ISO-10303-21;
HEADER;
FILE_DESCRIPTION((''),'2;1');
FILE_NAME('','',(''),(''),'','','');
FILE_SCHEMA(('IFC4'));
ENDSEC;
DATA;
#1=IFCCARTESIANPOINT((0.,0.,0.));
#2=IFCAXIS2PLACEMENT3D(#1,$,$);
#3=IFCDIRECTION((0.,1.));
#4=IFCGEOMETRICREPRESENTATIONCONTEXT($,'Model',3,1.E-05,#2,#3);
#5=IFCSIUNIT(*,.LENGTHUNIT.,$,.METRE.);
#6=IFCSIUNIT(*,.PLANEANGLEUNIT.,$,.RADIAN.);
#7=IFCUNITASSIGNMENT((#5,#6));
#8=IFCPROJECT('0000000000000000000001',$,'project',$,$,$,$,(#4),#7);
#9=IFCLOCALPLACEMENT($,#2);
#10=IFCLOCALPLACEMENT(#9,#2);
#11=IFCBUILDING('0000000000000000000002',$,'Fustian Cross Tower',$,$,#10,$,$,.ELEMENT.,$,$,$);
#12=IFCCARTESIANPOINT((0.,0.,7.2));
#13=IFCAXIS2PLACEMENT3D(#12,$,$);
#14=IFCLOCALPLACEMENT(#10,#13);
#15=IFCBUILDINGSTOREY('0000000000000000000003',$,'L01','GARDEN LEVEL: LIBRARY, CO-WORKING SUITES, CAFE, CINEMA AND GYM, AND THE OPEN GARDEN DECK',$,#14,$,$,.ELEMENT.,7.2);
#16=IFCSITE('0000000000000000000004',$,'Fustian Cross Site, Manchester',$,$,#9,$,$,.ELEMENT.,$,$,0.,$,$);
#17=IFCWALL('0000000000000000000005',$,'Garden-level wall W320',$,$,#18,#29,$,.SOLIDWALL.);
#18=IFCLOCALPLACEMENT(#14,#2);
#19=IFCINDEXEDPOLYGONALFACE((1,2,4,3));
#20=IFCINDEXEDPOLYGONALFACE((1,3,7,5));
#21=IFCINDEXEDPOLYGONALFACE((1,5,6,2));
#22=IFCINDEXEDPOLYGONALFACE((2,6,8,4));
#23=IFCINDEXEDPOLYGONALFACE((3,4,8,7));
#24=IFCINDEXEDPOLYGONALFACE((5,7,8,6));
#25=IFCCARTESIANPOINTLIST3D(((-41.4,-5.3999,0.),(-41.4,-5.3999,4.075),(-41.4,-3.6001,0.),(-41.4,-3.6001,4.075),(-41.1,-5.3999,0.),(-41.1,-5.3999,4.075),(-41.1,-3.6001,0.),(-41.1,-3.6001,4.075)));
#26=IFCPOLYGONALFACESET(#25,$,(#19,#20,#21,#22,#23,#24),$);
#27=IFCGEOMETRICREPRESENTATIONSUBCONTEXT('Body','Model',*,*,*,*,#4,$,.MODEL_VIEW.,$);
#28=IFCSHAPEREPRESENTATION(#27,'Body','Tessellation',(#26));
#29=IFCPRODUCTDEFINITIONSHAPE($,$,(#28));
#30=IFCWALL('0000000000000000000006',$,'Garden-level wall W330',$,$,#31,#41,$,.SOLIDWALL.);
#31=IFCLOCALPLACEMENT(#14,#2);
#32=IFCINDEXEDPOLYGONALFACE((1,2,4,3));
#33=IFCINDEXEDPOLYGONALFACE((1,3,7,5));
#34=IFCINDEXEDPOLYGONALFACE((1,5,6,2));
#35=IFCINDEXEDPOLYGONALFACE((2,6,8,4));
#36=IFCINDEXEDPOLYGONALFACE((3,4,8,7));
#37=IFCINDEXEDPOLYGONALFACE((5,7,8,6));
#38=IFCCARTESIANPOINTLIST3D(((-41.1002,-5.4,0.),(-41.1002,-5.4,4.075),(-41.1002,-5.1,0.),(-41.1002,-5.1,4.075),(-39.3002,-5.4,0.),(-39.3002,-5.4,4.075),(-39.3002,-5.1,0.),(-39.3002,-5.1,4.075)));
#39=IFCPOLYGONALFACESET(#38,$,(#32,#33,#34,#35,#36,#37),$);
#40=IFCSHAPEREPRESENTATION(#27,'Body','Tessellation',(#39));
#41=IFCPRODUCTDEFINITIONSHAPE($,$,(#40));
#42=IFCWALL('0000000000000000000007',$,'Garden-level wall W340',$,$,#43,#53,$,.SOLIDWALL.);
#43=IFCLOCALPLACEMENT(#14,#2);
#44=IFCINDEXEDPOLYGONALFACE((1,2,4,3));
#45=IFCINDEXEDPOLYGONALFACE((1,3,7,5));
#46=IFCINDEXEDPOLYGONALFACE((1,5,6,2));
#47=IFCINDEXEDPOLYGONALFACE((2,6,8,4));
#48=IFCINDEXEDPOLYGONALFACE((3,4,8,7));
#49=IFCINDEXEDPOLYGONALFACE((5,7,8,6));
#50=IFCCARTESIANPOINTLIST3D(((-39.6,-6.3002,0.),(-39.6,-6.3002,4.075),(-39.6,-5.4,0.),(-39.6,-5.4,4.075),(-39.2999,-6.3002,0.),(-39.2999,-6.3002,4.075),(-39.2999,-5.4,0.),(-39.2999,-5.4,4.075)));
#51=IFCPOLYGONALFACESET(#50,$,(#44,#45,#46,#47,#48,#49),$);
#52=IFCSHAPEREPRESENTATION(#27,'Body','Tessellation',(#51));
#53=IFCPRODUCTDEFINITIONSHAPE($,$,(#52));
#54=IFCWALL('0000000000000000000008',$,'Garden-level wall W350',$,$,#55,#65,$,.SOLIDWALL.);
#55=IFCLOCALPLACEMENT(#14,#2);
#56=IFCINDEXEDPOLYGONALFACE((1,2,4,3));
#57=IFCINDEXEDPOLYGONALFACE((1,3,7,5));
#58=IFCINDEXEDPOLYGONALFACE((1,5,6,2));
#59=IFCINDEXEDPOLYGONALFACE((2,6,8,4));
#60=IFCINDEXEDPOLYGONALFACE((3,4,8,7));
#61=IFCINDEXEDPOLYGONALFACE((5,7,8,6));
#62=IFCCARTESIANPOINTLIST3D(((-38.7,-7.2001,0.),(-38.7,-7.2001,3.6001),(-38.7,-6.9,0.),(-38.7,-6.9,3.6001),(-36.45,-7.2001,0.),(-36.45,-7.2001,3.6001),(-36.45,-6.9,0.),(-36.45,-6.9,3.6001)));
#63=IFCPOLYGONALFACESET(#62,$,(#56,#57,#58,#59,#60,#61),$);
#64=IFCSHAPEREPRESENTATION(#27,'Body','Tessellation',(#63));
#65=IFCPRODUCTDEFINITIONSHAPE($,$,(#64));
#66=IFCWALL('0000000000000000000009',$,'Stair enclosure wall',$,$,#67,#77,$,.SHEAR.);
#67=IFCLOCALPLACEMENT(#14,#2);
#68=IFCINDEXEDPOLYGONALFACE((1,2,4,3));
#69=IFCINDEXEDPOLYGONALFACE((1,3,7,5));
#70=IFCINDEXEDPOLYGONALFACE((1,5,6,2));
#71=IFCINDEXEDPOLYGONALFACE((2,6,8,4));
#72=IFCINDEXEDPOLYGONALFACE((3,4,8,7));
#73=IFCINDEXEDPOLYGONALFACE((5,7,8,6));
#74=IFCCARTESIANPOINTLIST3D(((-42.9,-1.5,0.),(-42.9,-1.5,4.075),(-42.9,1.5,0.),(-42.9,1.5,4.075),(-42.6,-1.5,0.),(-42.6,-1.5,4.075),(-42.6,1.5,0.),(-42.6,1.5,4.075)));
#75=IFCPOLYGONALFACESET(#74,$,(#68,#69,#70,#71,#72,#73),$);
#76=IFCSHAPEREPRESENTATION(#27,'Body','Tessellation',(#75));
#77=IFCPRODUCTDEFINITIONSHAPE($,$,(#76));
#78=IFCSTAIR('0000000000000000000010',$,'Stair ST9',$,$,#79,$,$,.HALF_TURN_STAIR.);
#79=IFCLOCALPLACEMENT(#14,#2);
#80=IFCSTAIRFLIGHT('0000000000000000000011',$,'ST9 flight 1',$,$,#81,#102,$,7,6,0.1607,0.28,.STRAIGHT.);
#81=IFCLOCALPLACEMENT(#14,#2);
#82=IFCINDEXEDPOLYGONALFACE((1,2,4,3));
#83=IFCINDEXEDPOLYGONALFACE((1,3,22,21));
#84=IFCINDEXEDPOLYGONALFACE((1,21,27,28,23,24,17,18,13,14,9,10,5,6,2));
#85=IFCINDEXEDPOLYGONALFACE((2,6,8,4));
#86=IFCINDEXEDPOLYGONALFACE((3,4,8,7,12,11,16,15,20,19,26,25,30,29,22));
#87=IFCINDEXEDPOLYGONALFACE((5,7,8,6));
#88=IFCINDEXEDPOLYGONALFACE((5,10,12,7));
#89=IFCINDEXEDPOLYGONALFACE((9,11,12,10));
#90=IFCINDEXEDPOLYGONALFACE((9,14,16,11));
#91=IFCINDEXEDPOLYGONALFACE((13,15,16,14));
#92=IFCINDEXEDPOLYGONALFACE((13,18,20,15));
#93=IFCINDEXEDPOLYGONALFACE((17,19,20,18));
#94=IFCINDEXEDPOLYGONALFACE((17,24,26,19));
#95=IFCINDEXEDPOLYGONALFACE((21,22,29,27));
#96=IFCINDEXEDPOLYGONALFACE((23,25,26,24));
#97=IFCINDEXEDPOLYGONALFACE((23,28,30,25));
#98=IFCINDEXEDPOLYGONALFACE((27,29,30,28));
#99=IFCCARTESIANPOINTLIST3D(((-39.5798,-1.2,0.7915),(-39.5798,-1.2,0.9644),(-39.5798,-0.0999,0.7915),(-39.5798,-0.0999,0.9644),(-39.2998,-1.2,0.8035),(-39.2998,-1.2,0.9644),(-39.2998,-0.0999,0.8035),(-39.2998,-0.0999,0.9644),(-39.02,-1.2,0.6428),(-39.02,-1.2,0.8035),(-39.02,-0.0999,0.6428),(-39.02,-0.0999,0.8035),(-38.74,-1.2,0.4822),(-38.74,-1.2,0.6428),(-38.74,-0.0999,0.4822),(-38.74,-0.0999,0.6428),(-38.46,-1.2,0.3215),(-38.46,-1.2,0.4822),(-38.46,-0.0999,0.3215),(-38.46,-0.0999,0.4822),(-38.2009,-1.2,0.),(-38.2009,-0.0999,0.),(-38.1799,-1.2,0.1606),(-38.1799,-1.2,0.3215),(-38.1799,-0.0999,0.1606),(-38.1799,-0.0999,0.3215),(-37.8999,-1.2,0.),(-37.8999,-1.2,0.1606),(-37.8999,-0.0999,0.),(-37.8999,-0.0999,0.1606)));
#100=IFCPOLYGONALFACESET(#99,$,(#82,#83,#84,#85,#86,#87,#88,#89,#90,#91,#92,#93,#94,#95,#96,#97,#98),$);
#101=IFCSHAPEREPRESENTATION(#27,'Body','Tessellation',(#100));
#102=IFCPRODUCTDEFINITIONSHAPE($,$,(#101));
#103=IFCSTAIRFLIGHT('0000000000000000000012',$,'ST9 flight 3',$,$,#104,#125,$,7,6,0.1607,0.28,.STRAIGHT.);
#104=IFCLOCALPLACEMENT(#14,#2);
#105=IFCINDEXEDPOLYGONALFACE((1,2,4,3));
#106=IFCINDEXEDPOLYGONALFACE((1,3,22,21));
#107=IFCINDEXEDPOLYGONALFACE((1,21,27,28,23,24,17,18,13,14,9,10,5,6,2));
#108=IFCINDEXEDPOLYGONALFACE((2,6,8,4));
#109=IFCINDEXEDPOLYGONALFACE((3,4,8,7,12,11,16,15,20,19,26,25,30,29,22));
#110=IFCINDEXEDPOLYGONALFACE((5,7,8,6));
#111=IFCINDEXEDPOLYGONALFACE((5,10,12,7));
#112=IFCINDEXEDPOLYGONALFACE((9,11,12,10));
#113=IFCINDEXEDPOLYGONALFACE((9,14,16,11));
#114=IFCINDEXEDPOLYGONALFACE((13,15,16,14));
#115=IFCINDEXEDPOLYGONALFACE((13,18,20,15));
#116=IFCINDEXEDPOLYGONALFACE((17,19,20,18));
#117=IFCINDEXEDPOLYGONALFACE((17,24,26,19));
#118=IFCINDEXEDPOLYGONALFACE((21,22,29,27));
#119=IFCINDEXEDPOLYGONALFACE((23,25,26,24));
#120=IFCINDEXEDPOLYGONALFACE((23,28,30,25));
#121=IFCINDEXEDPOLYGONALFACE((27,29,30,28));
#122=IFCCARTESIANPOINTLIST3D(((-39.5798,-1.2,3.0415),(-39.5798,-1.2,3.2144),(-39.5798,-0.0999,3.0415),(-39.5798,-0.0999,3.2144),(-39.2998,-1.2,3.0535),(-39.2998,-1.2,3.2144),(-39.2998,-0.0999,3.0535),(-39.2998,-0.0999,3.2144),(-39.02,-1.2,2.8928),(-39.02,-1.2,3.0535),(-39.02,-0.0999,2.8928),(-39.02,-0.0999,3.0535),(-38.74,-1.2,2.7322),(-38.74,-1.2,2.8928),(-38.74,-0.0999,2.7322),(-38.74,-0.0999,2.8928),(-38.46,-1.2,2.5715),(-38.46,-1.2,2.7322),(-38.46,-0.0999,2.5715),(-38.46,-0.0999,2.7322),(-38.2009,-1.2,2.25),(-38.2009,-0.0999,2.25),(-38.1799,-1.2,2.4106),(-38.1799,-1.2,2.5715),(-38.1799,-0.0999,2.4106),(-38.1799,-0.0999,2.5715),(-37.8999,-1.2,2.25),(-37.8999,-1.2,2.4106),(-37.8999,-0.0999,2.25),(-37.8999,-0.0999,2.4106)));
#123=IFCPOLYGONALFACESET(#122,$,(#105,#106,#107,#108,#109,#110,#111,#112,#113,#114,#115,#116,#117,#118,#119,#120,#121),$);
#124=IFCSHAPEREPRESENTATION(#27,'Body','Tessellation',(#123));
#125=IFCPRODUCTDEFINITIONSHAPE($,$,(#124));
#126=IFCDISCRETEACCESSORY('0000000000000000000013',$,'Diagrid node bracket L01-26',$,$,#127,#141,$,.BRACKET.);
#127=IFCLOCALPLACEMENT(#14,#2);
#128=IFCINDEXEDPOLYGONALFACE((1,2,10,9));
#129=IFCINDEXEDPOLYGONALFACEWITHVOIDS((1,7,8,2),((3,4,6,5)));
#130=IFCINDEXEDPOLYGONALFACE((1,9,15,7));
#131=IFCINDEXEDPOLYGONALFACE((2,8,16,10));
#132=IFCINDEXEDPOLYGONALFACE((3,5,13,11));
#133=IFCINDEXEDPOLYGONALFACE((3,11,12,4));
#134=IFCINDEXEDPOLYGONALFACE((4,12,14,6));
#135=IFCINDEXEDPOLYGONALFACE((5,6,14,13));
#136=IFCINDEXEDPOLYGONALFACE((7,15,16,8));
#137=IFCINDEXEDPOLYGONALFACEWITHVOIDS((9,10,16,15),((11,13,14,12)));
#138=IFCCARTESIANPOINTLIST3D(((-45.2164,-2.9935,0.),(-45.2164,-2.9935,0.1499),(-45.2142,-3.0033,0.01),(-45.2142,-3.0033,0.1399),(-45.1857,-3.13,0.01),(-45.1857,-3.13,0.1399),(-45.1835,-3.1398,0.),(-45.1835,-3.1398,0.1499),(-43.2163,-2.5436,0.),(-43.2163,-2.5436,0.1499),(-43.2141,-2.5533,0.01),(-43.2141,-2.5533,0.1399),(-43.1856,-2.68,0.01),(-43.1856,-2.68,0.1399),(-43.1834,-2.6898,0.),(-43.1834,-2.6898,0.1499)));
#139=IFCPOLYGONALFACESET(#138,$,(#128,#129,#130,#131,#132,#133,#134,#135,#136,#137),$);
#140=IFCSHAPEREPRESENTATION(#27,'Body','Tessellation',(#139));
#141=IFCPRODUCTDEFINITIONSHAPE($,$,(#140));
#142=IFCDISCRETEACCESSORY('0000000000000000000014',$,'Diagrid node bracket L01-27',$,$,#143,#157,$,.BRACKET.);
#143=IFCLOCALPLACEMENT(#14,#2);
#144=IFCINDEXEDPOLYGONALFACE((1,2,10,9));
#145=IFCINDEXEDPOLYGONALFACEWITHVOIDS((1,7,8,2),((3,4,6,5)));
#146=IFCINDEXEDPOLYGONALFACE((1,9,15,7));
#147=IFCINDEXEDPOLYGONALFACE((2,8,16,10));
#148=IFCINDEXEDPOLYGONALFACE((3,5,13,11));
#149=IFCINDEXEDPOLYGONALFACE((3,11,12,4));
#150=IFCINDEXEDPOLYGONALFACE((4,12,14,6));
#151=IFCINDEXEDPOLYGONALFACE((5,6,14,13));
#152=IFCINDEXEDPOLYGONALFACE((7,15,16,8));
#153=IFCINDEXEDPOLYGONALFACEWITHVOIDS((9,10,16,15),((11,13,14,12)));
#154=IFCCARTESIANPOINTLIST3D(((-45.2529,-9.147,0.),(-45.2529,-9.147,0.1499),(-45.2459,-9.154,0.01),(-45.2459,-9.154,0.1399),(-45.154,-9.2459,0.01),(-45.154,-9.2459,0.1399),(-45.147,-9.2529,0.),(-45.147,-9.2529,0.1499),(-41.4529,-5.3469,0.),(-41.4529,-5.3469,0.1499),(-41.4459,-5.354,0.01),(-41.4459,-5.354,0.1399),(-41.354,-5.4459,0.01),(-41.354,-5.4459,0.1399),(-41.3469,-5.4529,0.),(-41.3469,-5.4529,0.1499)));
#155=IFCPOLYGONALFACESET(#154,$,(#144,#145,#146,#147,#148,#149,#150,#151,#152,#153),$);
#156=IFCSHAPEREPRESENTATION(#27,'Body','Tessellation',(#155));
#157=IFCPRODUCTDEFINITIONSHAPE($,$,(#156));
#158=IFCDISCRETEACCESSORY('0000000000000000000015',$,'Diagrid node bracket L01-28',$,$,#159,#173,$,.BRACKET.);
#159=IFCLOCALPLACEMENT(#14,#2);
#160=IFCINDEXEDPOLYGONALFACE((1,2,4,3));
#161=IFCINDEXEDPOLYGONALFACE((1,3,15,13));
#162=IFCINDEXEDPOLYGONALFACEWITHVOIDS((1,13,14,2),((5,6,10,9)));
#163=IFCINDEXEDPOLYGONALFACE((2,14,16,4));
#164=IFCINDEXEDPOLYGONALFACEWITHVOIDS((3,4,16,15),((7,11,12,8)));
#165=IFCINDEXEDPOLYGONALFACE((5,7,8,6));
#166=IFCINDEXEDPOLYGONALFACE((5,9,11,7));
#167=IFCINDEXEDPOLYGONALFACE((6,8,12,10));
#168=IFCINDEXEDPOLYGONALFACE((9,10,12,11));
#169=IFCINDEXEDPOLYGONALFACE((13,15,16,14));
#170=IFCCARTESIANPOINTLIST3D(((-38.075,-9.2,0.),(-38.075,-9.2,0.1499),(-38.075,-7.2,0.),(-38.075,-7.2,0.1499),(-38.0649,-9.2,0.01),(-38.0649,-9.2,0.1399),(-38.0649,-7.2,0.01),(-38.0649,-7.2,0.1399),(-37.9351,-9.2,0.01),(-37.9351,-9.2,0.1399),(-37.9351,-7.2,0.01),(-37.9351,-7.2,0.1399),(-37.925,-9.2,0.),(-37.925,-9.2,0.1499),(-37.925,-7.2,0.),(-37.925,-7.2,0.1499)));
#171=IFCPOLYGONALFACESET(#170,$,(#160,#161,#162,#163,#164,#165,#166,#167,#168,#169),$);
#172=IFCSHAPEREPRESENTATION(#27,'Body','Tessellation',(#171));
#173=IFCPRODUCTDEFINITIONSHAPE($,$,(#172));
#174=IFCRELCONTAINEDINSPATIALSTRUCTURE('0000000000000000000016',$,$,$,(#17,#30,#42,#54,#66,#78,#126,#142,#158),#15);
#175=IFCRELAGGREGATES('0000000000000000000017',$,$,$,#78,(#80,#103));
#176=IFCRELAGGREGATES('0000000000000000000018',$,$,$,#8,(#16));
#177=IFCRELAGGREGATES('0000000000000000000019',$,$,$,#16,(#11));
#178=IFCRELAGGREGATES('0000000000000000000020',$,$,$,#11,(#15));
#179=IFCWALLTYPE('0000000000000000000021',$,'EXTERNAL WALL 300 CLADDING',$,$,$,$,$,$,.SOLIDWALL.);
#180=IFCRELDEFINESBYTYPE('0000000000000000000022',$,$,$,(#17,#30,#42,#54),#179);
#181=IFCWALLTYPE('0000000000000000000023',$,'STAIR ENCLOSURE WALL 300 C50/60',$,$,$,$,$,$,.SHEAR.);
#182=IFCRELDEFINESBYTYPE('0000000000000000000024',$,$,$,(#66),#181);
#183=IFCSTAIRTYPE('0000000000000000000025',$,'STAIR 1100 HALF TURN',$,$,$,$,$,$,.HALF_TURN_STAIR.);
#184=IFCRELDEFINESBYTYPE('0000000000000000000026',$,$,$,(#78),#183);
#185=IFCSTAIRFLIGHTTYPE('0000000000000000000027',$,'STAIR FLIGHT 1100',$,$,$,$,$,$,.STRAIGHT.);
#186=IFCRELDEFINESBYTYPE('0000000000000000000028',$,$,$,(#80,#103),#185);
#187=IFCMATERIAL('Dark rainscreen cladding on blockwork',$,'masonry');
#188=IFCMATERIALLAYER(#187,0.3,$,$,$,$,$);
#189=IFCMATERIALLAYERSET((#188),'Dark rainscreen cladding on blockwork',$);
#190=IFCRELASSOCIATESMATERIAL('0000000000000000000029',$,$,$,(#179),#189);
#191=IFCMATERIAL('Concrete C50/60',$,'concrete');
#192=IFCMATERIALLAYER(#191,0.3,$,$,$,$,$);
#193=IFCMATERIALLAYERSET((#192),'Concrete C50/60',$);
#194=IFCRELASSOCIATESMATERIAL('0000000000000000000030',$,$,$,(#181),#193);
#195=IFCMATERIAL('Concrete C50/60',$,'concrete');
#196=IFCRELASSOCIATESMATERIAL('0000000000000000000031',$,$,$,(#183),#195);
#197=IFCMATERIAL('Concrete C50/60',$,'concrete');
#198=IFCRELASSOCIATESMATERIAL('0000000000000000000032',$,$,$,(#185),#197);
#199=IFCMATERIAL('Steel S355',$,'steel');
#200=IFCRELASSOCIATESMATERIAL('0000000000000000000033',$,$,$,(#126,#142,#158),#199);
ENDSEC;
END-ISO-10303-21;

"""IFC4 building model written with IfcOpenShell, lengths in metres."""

from ifc_helpers import new_model, si_unit, direction, frame, frame_2d, origin, origin_2d, place, context, subcontext, project, spatial, polyline, rectangle, hollow_rectangle, outline, extrude, material, layer, layer_set, type_object, element, aggregate, save


model = new_model("IFC4")

# Units and contexts
model_context = context("Model", 3, precision=1e-05, world=origin(), true_north=direction((0.0, 1.0)))
body_context = subcontext(model_context, "Body", "Model", "MODEL_VIEW")
ifc_project = project(units=[si_unit("LENGTHUNIT", "METRE"), si_unit("PLANEANGLEUNIT", "RADIAN")], contexts=[model_context])

# Site, building, storey
site_placement = place(None, origin())
site = spatial("IfcSite", under=ifc_project, at=site_placement, Name="Fustian Cross Site, Manchester", CompositionType="ELEMENT", RefElevation=0.0)
building_placement = place(site_placement, origin())
building = spatial("IfcBuilding", under=site, at=building_placement, Name="Fustian Cross Tower", CompositionType="ELEMENT")
storey_placement = place(building_placement, frame((0.0, 0.0, 7.2)))
storey = spatial("IfcBuildingStorey", under=building, at=storey_placement, Name="L01", Description="GARDEN LEVEL: LIBRARY, CO-WORKING SUITES, CAFE, CINEMA AND GYM, AND THE OPEN GARDEN DECK", CompositionType="ELEMENT", Elevation=7.2)

# Walls
ifc_material_1 = material(Name="Dark rainscreen cladding on blockwork", Category="masonry")
ifc_layer_1 = layer(ifc_material_1, 0.3)
ifc_layer_set_1 = layer_set([ifc_layer_1], Name="Dark rainscreen cladding on blockwork")
wall_type_1 = type_object("IfcWallType", Name="EXTERNAL WALL 300 CLADDING", PredefinedType="SOLIDWALL", material=ifc_layer_set_1)
wall_1_placement = place(storey_placement, frame((-41.25, -3.6001, 0.0), z_axis=(0.0, 0.0, 1.0), x_axis=(0.0, -1.0, 0.0)))
element("IfcWall", 1, at=wall_1_placement, inside=storey, type_object=wall_type_1, Name="Garden-level wall W320", PredefinedType="SOLIDWALL", context=body_context, shape_type="SweptSolid", body=[
    extrude(rectangle(XDim=1.7998, YDim=0.3, at=frame_2d((0.8999, 0.0))), origin(), (0.0, 0.0, 1.0), 4.075),
])
wall_2_placement = place(storey_placement, frame((-41.1001, -5.25, 0.0), z_axis=(0.0, 0.0, 1.0), x_axis=(1.0, 0.0, 0.0)))
element("IfcWall", 2, at=wall_2_placement, inside=storey, type_object=wall_type_1, Name="Garden-level wall W330", PredefinedType="SOLIDWALL", context=body_context, shape_type="SweptSolid", body=[
    extrude(rectangle(XDim=1.8, YDim=0.3, at=frame_2d((0.8999, 0.0))), origin(), (0.0, 0.0, 1.0), 4.075),
])
wall_3_placement = place(storey_placement, frame((-39.45, -5.3999, 0.0), z_axis=(0.0, 0.0, 1.0), x_axis=(0.0, -1.0, 0.0)))
element("IfcWall", 3, at=wall_3_placement, inside=storey, type_object=wall_type_1, Name="Garden-level wall W340", PredefinedType="SOLIDWALL", context=body_context, shape_type="SweptSolid", body=[
    extrude(rectangle(XDim=0.9001, YDim=0.3, at=frame_2d((0.4502, 0.0))), origin(), (0.0, 0.0, 1.0), 4.075),
])
wall_4_placement = place(storey_placement, frame((-38.7, -7.05, 0.0), z_axis=(0.0, 0.0, 1.0), x_axis=(1.0, 0.0, 0.0)))
element("IfcWall", 4, at=wall_4_placement, inside=storey, type_object=wall_type_1, Name="Garden-level wall W350", PredefinedType="SOLIDWALL", context=body_context, shape_type="SweptSolid", body=[
    extrude(rectangle(XDim=2.25, YDim=0.3, at=frame_2d((1.125, 0.0))), origin(), (0.0, 0.0, 1.0), 3.6001),
])
ifc_material_2 = material(Name="Concrete C50/60", Category="concrete")
ifc_layer_2 = layer(ifc_material_2, 0.3)
ifc_layer_set_2 = layer_set([ifc_layer_2], Name="Concrete C50/60")
wall_type_2 = type_object("IfcWallType", Name="STAIR ENCLOSURE WALL 300 C50/60", PredefinedType="SHEAR", material=ifc_layer_set_2)
wall_5_placement = place(storey_placement, frame((-42.75, -1.5, 0.0), z_axis=(0.0, 0.0, 1.0), x_axis=(0.0, 1.0, 0.0)))
element("IfcWall", 5, at=wall_5_placement, inside=storey, type_object=wall_type_2, Name="Stair enclosure wall", PredefinedType="SHEAR", context=body_context, shape_type="SweptSolid", body=[
    extrude(rectangle(XDim=3.0, YDim=0.3, at=frame_2d((1.5, 0.0))), origin(), (0.0, 0.0, 1.0), 4.075),
])

# Stair, stair flights
ifc_material_3 = material(Name="Concrete C50/60", Category="concrete")
stair_type = type_object("IfcStairType", Name="STAIR 1100 HALF TURN", PredefinedType="HALF_TURN_STAIR", material=ifc_material_3)
stair_placement = place(storey_placement, origin())
stair = element("IfcStair", 6, at=stair_placement, inside=storey, type_object=stair_type, Name="Stair ST9", PredefinedType="HALF_TURN_STAIR")
ifc_material_4 = material(Name="Concrete C50/60", Category="concrete")
stair_flight_type = type_object("IfcStairFlightType", Name="STAIR FLIGHT 1100", PredefinedType="STRAIGHT", material=ifc_material_4)
stair_flight_1_placement = place(storey_placement, frame((-37.8999, -0.6499, 0.0), z_axis=(0.0, 0.0, 1.0), x_axis=(-1.0, 0.0, 0.0)))
stair_flight_1 = element("IfcStairFlight", 7, at=stair_flight_1_placement, type_object=stair_flight_type, Name="ST9 flight 1", NumberOfRisers=7, NumberOfTreads=6, PredefinedType="STRAIGHT", RiserHeight=0.1607, TreadLength=0.28, context=body_context, shape_type="SweptSolid", body=[
    extrude(outline(polyline([(0.0, 0.0), (0.0, 0.1606), (0.28, 0.1606), (0.28, 0.3215), (0.5601, 0.3215), (0.5601, 0.4822), (0.8401, 0.4822), (0.8401, 0.6428), (1.1201, 0.6428), (1.1201, 0.8035), (1.3999, 0.8035), (1.3999, 0.9644), (1.6799, 0.9644), (1.6799, 1.125), (1.6799, 0.7915), (0.301, 0.0), (0.0, 0.0)])), frame((0.0, 0.55, 0.0), z_axis=(0.0, -1.0, 0.0), x_axis=(1.0, 0.0, 0.0)), (0.0, 0.0, 1.0), 1.1001),
])
stair_flight_2_placement = place(storey_placement, frame((-37.8999, -0.6499, 2.25), z_axis=(0.0, 0.0, 1.0), x_axis=(-1.0, 0.0, 0.0)))
stair_flight_2 = element("IfcStairFlight", 8, at=stair_flight_2_placement, type_object=stair_flight_type, Name="ST9 flight 3", NumberOfRisers=7, NumberOfTreads=6, PredefinedType="STRAIGHT", RiserHeight=0.1607, TreadLength=0.28, context=body_context, shape_type="SweptSolid", body=[
    extrude(outline(polyline([(0.0, 0.0), (0.0, 0.1606), (0.28, 0.1606), (0.28, 0.3215), (0.5601, 0.3215), (0.5601, 0.4822), (0.8401, 0.4822), (0.8401, 0.6428), (1.1201, 0.6428), (1.1201, 0.8035), (1.3999, 0.8035), (1.3999, 0.9644), (1.6799, 0.9644), (1.6799, 1.125), (1.6799, 0.7915), (0.301, 0.0), (0.0, 0.0)])), frame((0.0, 0.55, 0.0), z_axis=(0.0, -1.0, 0.0), x_axis=(1.0, 0.0, 0.0)), (0.0, 0.0, 1.0), 1.1001),
])
aggregate(stair, [stair_flight_1, stair_flight_2])

# Discrete accessories
ifc_material_5 = material(Name="Steel S355", Category="steel")
discrete_accessory_1_placement = place(storey_placement, frame((-45.2, -3.0667, 0.075), z_axis=(0.975615, 0.21949, 0.0), x_axis=(-0.21949, 0.975615, 0.0)))
element("IfcDiscreteAccessory", 9, at=discrete_accessory_1_placement, inside=storey, material=ifc_material_5, Name="Diagrid node bracket L01-26", PredefinedType="BRACKET", context=body_context, shape_type="SweptSolid", body=[
    extrude(hollow_rectangle(XDim=0.1499, YDim=0.1499, WallThickness=0.01, at=origin_2d()), origin(), (0.0, 0.0, 1.0), 2.05),
])
discrete_accessory_2_placement = place(storey_placement, frame((-45.2, -9.2, 0.075), z_axis=(0.707107, 0.707107, 0.0), x_axis=(-0.707107, 0.707107, 0.0)))
element("IfcDiscreteAccessory", 10, at=discrete_accessory_2_placement, inside=storey, material=ifc_material_5, Name="Diagrid node bracket L01-27", PredefinedType="BRACKET", context=body_context, shape_type="SweptSolid", body=[
    extrude(hollow_rectangle(XDim=0.1499, YDim=0.1499, WallThickness=0.01, at=origin_2d()), origin(), (0.0, 0.0, 1.0), 5.374),
])
discrete_accessory_3_placement = place(storey_placement, frame((-38.0, -9.2, 0.075), z_axis=(0.0, 1.0, 0.0), x_axis=(-1.0, 0.0, 0.0)))
element("IfcDiscreteAccessory", 11, at=discrete_accessory_3_placement, inside=storey, material=ifc_material_5, Name="Diagrid node bracket L01-28", PredefinedType="BRACKET", context=body_context, shape_type="SweptSolid", body=[
    extrude(hollow_rectangle(XDim=0.1499, YDim=0.1499, WallThickness=0.01, at=origin_2d()), origin(), (0.0, 0.0, 1.0), 2.0),
])

save(model, "model.ifc")
